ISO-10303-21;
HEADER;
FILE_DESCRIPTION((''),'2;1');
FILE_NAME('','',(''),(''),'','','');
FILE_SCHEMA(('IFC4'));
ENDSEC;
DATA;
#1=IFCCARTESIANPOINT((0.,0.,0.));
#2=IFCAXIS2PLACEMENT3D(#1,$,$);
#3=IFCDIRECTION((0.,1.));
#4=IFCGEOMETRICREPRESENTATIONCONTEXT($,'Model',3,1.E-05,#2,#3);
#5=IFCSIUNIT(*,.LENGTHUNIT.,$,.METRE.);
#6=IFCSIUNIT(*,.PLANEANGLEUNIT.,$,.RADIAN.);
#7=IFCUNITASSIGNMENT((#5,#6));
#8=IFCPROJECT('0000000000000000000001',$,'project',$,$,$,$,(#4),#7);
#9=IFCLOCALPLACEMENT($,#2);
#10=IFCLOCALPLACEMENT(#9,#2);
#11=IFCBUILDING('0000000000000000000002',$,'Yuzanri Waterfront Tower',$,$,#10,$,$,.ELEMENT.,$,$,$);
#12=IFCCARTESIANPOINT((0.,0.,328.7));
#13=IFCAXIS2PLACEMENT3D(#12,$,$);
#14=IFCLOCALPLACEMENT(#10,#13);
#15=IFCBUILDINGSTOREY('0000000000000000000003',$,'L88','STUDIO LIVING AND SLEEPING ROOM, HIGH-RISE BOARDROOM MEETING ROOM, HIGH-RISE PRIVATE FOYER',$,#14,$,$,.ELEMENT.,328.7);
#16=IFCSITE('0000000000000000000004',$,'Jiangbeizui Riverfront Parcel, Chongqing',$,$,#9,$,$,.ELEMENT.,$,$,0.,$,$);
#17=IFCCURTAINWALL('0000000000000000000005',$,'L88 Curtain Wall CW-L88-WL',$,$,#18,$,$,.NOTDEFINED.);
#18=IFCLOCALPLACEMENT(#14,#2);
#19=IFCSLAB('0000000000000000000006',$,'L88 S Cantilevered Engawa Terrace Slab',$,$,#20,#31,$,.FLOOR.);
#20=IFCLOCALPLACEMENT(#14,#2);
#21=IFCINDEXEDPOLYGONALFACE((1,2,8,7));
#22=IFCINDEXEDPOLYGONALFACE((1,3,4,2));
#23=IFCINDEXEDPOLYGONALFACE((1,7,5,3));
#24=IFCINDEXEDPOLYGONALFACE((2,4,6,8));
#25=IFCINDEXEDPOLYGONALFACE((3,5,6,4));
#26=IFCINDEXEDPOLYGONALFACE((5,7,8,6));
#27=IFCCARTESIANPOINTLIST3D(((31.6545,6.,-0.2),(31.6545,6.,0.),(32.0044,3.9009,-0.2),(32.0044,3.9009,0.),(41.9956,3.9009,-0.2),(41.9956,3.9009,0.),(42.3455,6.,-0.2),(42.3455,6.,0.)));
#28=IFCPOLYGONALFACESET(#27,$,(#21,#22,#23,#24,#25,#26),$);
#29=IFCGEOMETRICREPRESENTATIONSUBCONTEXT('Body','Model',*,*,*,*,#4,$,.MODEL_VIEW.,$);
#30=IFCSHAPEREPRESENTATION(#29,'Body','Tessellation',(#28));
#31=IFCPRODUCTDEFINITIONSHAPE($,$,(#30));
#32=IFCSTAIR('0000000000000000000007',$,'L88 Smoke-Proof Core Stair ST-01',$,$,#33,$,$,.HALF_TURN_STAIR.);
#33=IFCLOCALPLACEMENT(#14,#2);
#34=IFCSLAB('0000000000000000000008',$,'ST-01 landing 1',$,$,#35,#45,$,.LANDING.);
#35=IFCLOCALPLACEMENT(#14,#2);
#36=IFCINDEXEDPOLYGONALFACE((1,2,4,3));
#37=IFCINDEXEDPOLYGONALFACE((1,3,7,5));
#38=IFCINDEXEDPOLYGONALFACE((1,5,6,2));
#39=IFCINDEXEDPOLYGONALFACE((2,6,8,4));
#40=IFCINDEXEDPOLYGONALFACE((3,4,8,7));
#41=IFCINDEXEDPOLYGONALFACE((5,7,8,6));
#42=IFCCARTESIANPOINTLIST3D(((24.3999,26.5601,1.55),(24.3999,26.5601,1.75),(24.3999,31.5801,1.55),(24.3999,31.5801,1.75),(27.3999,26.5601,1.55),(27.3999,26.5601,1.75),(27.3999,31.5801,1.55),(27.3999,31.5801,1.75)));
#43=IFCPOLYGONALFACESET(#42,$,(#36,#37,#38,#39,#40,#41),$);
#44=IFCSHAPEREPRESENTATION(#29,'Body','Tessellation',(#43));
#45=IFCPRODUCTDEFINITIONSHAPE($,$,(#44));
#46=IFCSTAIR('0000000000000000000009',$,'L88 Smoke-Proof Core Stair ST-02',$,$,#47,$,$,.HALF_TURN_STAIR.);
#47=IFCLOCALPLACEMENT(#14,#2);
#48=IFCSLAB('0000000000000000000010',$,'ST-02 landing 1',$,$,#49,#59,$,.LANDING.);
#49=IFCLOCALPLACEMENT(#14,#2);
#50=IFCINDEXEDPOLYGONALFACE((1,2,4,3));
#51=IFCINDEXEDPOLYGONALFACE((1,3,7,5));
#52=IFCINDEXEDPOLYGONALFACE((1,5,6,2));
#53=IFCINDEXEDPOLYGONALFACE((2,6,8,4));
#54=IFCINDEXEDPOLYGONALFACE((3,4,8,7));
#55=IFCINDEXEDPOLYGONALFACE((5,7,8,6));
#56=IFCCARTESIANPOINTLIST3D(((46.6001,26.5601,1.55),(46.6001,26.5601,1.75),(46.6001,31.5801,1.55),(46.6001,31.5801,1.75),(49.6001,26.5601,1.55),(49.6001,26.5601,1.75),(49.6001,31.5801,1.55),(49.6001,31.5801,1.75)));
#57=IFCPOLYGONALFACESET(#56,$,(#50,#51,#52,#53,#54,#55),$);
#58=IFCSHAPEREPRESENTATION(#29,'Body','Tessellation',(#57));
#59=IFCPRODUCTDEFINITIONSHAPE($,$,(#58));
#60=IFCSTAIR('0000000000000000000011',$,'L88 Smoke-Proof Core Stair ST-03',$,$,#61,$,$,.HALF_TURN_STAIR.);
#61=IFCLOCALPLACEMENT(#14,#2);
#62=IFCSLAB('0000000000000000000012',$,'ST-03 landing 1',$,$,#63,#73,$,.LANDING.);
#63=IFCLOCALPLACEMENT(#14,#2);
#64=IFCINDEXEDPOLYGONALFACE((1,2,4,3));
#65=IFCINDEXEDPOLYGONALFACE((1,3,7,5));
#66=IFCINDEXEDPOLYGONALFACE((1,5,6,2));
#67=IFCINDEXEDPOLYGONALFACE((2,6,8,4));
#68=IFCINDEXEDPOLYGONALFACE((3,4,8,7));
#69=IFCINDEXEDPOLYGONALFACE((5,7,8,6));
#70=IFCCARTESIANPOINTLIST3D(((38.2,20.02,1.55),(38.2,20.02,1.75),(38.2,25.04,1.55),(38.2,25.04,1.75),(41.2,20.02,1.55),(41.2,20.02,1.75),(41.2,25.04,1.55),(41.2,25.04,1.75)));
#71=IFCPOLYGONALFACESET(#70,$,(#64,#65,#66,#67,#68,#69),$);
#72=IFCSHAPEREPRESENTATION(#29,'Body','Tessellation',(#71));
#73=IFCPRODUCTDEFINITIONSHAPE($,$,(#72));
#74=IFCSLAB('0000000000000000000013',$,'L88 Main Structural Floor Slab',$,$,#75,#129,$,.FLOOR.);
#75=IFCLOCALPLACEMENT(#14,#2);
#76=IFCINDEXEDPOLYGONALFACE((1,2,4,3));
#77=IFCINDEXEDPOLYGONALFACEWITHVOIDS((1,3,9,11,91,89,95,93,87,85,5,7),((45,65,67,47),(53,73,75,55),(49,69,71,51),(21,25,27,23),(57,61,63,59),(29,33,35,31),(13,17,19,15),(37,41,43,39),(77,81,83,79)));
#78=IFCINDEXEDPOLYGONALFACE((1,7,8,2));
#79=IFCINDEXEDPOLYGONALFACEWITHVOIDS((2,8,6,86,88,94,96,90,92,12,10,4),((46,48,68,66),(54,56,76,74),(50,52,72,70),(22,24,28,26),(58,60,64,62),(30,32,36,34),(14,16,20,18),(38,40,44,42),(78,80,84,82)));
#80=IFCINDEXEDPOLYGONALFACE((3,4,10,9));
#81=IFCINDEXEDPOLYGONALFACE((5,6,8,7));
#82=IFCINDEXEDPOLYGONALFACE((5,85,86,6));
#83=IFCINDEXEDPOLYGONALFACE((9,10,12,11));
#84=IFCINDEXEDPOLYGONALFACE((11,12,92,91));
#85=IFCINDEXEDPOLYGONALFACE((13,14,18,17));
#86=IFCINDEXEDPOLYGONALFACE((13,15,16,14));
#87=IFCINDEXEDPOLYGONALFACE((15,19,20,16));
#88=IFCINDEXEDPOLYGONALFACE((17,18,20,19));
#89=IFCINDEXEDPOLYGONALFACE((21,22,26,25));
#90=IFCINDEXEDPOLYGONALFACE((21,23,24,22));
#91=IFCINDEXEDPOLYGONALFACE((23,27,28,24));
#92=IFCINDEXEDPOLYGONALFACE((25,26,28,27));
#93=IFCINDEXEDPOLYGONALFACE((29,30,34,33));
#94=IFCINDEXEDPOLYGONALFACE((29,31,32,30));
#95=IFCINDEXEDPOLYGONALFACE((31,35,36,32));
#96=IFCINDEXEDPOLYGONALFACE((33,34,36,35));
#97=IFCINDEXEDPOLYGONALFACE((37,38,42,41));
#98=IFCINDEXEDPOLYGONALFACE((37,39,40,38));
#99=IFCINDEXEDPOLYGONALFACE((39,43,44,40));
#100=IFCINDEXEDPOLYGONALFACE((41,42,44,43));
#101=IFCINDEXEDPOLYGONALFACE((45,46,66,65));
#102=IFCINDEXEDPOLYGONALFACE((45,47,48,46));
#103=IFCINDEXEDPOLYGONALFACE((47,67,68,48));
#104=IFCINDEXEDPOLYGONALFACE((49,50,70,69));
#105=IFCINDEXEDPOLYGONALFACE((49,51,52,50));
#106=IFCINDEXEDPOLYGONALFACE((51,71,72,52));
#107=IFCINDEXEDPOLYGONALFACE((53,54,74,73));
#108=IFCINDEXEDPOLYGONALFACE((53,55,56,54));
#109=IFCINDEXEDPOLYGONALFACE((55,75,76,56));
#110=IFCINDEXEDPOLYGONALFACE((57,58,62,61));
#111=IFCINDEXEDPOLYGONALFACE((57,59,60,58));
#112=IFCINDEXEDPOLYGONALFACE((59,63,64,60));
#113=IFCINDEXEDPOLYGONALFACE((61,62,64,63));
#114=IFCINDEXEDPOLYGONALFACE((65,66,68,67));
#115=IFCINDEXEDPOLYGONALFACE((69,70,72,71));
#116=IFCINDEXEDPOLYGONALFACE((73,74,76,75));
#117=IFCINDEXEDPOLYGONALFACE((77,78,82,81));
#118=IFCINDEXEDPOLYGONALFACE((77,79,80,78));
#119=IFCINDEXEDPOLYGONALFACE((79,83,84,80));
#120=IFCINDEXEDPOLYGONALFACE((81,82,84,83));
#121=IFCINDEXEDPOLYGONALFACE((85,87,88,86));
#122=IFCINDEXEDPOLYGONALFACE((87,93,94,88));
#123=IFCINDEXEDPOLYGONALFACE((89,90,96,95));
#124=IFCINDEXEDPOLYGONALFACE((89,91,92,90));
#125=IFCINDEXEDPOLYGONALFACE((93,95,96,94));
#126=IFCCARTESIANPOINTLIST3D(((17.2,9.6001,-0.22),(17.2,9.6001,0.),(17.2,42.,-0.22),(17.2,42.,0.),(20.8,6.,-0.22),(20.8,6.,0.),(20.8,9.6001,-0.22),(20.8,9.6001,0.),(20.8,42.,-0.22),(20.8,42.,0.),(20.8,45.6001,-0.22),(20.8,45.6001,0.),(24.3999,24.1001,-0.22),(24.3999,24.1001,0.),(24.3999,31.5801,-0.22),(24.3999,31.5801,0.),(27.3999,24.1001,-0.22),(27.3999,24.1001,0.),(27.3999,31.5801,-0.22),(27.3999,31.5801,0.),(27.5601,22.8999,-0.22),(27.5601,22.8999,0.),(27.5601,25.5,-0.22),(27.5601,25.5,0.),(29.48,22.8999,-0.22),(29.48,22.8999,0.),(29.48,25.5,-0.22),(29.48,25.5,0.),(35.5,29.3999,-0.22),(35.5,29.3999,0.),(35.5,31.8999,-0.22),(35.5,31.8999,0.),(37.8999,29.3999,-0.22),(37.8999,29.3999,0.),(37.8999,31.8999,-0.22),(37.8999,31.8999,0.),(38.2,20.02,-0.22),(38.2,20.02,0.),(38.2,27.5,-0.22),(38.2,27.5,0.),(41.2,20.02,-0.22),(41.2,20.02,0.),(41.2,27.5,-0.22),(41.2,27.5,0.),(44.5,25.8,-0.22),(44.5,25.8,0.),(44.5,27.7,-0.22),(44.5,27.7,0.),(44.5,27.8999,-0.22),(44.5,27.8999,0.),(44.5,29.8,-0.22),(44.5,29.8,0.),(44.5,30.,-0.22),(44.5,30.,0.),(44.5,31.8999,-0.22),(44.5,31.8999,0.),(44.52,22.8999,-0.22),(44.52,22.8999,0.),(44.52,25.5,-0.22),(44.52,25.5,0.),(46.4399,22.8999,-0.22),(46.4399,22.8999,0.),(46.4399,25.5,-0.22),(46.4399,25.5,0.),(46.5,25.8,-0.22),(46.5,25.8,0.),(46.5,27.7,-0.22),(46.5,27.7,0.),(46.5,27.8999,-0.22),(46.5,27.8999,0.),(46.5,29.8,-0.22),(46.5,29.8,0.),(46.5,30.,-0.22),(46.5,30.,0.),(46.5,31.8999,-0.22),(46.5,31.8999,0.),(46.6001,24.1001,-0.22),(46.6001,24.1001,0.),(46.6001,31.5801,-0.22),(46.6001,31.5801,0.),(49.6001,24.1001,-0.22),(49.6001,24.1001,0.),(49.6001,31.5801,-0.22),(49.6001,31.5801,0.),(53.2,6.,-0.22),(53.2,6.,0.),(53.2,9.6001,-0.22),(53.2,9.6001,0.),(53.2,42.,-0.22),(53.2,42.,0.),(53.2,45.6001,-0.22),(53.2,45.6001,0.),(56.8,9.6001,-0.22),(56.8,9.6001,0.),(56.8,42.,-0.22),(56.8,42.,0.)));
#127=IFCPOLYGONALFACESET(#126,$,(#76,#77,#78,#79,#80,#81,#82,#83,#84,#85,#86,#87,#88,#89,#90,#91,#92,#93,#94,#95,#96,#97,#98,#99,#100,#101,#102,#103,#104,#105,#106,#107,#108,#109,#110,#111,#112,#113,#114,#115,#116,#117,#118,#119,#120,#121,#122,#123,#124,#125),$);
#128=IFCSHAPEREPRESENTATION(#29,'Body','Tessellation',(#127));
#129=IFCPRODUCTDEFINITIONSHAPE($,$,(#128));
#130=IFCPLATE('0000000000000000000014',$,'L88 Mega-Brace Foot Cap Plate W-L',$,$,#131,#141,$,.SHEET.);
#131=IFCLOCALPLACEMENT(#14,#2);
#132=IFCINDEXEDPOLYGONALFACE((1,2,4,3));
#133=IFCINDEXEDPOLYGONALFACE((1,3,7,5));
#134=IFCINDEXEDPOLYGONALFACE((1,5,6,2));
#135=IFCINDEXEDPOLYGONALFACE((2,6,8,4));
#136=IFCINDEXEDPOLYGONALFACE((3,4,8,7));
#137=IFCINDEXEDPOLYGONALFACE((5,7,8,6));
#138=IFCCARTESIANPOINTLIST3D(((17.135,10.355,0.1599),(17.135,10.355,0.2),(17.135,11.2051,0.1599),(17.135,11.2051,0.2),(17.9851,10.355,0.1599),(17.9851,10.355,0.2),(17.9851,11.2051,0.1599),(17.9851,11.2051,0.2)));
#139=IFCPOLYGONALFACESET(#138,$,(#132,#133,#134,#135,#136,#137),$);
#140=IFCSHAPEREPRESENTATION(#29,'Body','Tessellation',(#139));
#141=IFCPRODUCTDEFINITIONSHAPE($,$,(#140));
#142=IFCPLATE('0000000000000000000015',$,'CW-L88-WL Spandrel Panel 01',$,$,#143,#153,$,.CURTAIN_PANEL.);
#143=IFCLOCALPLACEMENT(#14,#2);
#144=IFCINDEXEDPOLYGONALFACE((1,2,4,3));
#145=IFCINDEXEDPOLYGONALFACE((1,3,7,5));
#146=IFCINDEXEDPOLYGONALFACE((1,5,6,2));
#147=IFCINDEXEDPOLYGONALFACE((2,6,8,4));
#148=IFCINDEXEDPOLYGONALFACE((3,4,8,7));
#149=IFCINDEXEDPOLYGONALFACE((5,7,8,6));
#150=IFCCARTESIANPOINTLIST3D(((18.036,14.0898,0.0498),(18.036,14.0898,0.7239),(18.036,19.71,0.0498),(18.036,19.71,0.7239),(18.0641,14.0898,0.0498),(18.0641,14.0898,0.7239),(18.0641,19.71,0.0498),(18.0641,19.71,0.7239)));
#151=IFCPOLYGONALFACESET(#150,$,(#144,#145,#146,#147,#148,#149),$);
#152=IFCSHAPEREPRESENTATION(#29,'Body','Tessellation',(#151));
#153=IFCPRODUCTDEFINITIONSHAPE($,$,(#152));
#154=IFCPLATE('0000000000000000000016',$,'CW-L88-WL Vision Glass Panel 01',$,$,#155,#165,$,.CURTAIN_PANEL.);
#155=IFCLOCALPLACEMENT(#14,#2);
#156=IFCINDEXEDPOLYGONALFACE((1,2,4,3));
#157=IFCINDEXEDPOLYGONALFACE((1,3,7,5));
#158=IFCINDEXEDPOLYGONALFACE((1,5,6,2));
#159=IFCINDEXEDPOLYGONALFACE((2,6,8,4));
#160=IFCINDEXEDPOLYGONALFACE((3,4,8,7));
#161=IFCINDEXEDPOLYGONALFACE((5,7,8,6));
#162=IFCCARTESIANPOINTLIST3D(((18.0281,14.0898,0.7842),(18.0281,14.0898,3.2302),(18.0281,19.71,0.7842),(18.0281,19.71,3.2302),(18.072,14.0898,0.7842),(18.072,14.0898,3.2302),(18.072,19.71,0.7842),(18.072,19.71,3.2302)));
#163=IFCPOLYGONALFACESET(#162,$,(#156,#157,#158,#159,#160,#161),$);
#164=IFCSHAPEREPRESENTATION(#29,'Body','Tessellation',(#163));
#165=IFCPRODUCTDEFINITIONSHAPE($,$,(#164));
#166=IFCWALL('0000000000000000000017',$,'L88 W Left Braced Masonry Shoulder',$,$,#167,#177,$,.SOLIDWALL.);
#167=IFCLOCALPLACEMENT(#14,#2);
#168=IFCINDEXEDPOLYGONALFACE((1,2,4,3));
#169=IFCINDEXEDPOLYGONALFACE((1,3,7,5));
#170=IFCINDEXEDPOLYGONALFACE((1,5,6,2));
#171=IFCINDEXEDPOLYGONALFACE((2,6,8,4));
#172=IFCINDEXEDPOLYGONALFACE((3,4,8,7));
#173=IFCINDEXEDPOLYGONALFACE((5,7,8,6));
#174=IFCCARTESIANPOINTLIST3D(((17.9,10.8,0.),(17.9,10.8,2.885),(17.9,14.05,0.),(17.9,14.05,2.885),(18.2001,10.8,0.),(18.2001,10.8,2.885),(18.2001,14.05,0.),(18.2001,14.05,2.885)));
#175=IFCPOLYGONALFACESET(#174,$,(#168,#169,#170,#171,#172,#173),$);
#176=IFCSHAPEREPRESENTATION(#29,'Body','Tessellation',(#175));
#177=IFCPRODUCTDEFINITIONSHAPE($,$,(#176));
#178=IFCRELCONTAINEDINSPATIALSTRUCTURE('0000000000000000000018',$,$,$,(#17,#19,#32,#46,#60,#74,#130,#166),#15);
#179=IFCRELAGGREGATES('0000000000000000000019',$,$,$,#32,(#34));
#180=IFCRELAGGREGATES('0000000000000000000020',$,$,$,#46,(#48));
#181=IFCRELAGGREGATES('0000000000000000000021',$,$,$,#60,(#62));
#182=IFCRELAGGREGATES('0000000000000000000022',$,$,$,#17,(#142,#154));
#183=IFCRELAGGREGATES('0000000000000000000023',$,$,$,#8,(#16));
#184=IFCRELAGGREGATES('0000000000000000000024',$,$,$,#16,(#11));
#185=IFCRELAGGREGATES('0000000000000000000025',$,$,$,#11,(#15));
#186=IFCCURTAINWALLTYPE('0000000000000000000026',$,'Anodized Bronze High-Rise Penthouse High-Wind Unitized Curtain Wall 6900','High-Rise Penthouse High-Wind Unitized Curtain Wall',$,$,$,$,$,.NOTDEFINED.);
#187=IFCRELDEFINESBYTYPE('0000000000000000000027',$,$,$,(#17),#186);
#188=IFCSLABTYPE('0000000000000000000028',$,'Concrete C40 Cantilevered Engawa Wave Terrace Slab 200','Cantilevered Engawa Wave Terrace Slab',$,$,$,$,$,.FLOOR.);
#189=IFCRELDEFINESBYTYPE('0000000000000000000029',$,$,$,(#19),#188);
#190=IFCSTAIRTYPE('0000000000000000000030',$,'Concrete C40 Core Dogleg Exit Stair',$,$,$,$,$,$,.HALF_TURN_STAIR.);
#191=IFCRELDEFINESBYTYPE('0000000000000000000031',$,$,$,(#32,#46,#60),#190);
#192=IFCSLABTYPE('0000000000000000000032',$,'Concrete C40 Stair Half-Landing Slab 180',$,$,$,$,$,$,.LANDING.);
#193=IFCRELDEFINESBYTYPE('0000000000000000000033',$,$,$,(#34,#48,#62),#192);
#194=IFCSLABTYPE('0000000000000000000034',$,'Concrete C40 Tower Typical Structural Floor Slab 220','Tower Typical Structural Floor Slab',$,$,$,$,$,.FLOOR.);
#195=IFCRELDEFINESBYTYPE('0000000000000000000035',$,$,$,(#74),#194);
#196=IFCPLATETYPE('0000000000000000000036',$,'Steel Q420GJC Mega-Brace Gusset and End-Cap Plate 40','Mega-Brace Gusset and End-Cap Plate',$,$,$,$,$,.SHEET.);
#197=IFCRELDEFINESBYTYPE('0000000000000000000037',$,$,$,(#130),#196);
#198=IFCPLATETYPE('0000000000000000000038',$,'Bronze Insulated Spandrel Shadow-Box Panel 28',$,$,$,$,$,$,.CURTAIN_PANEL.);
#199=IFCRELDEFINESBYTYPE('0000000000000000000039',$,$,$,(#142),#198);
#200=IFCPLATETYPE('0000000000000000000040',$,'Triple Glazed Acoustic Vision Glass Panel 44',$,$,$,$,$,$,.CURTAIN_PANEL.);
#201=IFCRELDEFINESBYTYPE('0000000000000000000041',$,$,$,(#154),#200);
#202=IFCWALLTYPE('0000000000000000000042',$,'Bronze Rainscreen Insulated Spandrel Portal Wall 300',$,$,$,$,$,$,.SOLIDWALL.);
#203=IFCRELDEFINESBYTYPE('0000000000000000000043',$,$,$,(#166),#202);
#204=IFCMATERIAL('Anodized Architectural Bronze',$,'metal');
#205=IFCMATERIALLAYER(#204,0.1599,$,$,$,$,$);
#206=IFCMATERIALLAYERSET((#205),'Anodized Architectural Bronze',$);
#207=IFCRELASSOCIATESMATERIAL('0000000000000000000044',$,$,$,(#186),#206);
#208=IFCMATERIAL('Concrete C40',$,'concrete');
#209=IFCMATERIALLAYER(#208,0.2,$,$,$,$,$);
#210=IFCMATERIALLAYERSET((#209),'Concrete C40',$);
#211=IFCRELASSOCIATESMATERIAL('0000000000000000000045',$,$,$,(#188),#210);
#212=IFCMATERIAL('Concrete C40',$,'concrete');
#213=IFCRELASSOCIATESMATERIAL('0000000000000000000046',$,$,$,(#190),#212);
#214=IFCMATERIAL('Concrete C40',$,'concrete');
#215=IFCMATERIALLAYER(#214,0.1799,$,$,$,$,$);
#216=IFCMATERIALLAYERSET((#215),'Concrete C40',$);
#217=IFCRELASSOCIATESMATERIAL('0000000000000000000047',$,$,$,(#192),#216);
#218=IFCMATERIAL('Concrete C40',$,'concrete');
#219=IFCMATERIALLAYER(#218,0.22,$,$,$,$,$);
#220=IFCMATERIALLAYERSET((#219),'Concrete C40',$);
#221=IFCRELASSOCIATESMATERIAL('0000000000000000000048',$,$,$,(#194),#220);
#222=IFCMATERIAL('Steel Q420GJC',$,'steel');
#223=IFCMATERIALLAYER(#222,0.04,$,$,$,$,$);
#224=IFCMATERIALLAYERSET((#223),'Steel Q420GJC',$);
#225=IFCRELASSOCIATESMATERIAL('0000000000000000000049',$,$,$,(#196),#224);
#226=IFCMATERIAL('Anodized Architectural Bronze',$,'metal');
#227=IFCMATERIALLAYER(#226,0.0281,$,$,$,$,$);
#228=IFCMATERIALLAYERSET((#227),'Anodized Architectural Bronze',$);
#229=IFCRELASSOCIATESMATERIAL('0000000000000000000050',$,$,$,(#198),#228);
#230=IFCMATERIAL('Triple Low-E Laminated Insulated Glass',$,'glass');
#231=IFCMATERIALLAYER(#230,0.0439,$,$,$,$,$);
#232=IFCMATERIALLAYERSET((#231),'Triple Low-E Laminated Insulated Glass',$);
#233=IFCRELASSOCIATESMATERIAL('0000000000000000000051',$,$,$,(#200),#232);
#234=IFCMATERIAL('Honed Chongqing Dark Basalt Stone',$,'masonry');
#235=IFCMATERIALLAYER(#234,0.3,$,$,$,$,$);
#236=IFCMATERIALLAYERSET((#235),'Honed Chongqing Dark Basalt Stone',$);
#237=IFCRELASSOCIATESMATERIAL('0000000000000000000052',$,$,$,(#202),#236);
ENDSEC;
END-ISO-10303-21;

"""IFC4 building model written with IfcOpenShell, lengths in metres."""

from ifc_helpers import new_model, si_unit, direction, frame, frame_2d, origin, origin_2d, place, context, subcontext, project, spatial, polyline, rectangle, outline, extrude, source, transform, mapped, material, layer, layer_set, type_object, element, aggregate, save


model = new_model("IFC4")

# Units and contexts
model_context = context("Model", 3, precision=1e-05, world=origin(), true_north=direction((0.0, 1.0)))
body_context = subcontext(model_context, "Body", "Model", "MODEL_VIEW")
ifc_project = project(units=[si_unit("LENGTHUNIT", "METRE"), si_unit("PLANEANGLEUNIT", "RADIAN")], contexts=[model_context])

# Site, building, storey
site_placement = place(None, origin())
site = spatial("IfcSite", under=ifc_project, at=site_placement, Name="Jiangbeizui Riverfront Parcel, Chongqing", CompositionType="ELEMENT", RefElevation=0.0)
building_placement = place(site_placement, origin())
building = spatial("IfcBuilding", under=site, at=building_placement, Name="Yuzanri Waterfront Tower", CompositionType="ELEMENT")
storey_placement = place(building_placement, frame((0.0, 0.0, 328.7)))
storey = spatial("IfcBuildingStorey", under=building, at=storey_placement, Name="L88", Description="STUDIO LIVING AND SLEEPING ROOM, HIGH-RISE BOARDROOM MEETING ROOM, HIGH-RISE PRIVATE FOYER", CompositionType="ELEMENT", Elevation=328.7)

# Curtain wall
ifc_material_1 = material(Name="Anodized Architectural Bronze", Category="metal")
ifc_layer_1 = layer(ifc_material_1, 0.1599)
ifc_layer_set_1 = layer_set([ifc_layer_1], Name="Anodized Architectural Bronze")
curtain_wall_type = type_object("IfcCurtainWallType", Name="Anodized Bronze High-Rise Penthouse High-Wind Unitized Curtain Wall 6900", Description="High-Rise Penthouse High-Wind Unitized Curtain Wall", PredefinedType="NOTDEFINED", material=ifc_layer_set_1)
curtain_wall_placement = place(storey_placement, origin())
curtain_wall = element("IfcCurtainWall", 1, at=curtain_wall_placement, inside=storey, type_object=curtain_wall_type, Name="L88 Curtain Wall CW-L88-WL", PredefinedType="NOTDEFINED")

# Slab
ifc_material_2 = material(Name="Concrete C40", Category="concrete")
ifc_layer_2 = layer(ifc_material_2, 0.2)
ifc_layer_set_2 = layer_set([ifc_layer_2], Name="Concrete C40")
slab_type_1 = type_object("IfcSlabType", Name="Concrete C40 Cantilevered Engawa Wave Terrace Slab 200", Description="Cantilevered Engawa Wave Terrace Slab", PredefinedType="FLOOR", material=ifc_layer_set_2)
slab_1_placement = place(storey_placement, frame((0.0, 0.0, -0.2)))
element("IfcSlab", 2, at=slab_1_placement, inside=storey, type_object=slab_type_1, Name="L88 S Cantilevered Engawa Terrace Slab", PredefinedType="FLOOR", context=body_context, shape_type="SweptSolid", body=[
    extrude(outline(polyline([(31.6545, 6.0), (42.3455, 6.0), (41.9956, 3.9009), (32.0044, 3.9009), (31.6545, 6.0)])), origin(), (0.0, 0.0, 1.0), 0.2),
])

# Stairs, slabs
ifc_material_3 = material(Name="Concrete C40", Category="concrete")
stair_type = type_object("IfcStairType", Name="Concrete C40 Core Dogleg Exit Stair", PredefinedType="HALF_TURN_STAIR", material=ifc_material_3)
stair_1_placement = place(storey_placement, origin())
stair_1 = element("IfcStair", 3, at=stair_1_placement, inside=storey, type_object=stair_type, Name="L88 Smoke-Proof Core Stair ST-01", PredefinedType="HALF_TURN_STAIR")
ifc_material_4 = material(Name="Concrete C40", Category="concrete")
ifc_layer_3 = layer(ifc_material_4, 0.1799)
ifc_layer_set_3 = layer_set([ifc_layer_3], Name="Concrete C40")
slab_type_2 = type_object("IfcSlabType", Name="Concrete C40 Stair Half-Landing Slab 180", PredefinedType="LANDING", material=ifc_layer_set_3)
slab_2_placement = place(storey_placement, frame((0.0, 0.0, 1.55)))
slab_2 = element("IfcSlab", 4, at=slab_2_placement, type_object=slab_type_2, Name="ST-01 landing 1", PredefinedType="LANDING", context=body_context, shape_type="SweptSolid", body=[
    extrude(outline(polyline([(27.3999, 26.5601), (27.3999, 31.5801), (24.3999, 31.5801), (24.3999, 26.5601), (27.3999, 26.5601)])), origin(), (0.0, 0.0, 1.0), 0.2),
])
aggregate(stair_1, [slab_2])
stair_2_placement = place(storey_placement, origin())
stair_2 = element("IfcStair", 5, at=stair_2_placement, inside=storey, type_object=stair_type, Name="L88 Smoke-Proof Core Stair ST-02", PredefinedType="HALF_TURN_STAIR")
slab_3_placement = place(storey_placement, frame((0.0, 0.0, 1.55)))
slab_3 = element("IfcSlab", 6, at=slab_3_placement, type_object=slab_type_2, Name="ST-02 landing 1", PredefinedType="LANDING", context=body_context, shape_type="SweptSolid", body=[
    extrude(outline(polyline([(49.6001, 26.5601), (49.6001, 31.5801), (46.6001, 31.5801), (46.6001, 26.5601), (49.6001, 26.5601)])), origin(), (0.0, 0.0, 1.0), 0.2),
])
aggregate(stair_2, [slab_3])
stair_3_placement = place(storey_placement, origin())
stair_3 = element("IfcStair", 7, at=stair_3_placement, inside=storey, type_object=stair_type, Name="L88 Smoke-Proof Core Stair ST-03", PredefinedType="HALF_TURN_STAIR")
slab_4_placement = place(storey_placement, frame((0.0, 0.0, 1.55)))
slab_4 = element("IfcSlab", 8, at=slab_4_placement, type_object=slab_type_2, Name="ST-03 landing 1", PredefinedType="LANDING", context=body_context, shape_type="SweptSolid", body=[
    extrude(outline(polyline([(38.2, 25.04), (38.2, 20.02), (41.2, 20.02), (41.2, 25.04), (38.2, 25.04)])), origin(), (0.0, 0.0, 1.0), 0.2),
])
aggregate(stair_3, [slab_4])

# Slab
ifc_material_5 = material(Name="Concrete C40", Category="concrete")
ifc_layer_4 = layer(ifc_material_5, 0.22)
ifc_layer_set_4 = layer_set([ifc_layer_4], Name="Concrete C40")
slab_type_3 = type_object("IfcSlabType", Name="Concrete C40 Tower Typical Structural Floor Slab 220", Description="Tower Typical Structural Floor Slab", PredefinedType="FLOOR", material=ifc_layer_set_4)
slab_5_placement = place(storey_placement, frame((0.0, 0.0, -0.22)))
element("IfcSlab", 9, at=slab_5_placement, inside=storey, type_object=slab_type_3, Name="L88 Main Structural Floor Slab", PredefinedType="FLOOR", context=body_context, shape_type="SweptSolid", body=[
    extrude(outline(polyline([(20.8, 6.0), (53.2, 6.0), (53.2, 9.6001), (56.8, 9.6001), (56.8, 42.0), (53.2, 42.0), (53.2, 45.6001), (20.8, 45.6001), (20.8, 42.0), (17.2, 42.0), (17.2, 9.6001), (20.8, 9.6001), (20.8, 6.0)]), holes=[polyline([(27.3999, 24.1001), (27.3999, 31.5801), (24.3999, 31.5801), (24.3999, 24.1001), (27.3999, 24.1001)]), polyline([(49.6001, 24.1001), (49.6001, 31.5801), (46.6001, 31.5801), (46.6001, 24.1001), (49.6001, 24.1001)]), polyline([(38.2, 27.5), (38.2, 20.02), (41.2, 20.02), (41.2, 27.5), (38.2, 27.5)]), polyline([(27.5601, 22.8999), (29.48, 22.8999), (29.48, 25.5), (27.5601, 25.5), (27.5601, 22.8999)]), polyline([(44.52, 22.8999), (46.4399, 22.8999), (46.4399, 25.5), (44.52, 25.5), (44.52, 22.8999)]), polyline([(35.5, 29.3999), (37.8999, 29.3999), (37.8999, 31.8999), (35.5, 31.8999), (35.5, 29.3999)]), polyline([(44.5, 25.8), (46.5, 25.8), (46.5, 27.7), (44.5, 27.7), (44.5, 25.8)]), polyline([(44.5, 27.8999), (46.5, 27.8999), (46.5, 29.8), (44.5, 29.8), (44.5, 27.8999)]), polyline([(44.5, 30.0), (46.5, 30.0), (46.5, 31.8999), (44.5, 31.8999), (44.5, 30.0)])]), origin(), (0.0, 0.0, 1.0), 0.22),
])

# Plates
ifc_material_6 = material(Name="Steel Q420GJC", Category="steel")
ifc_layer_5 = layer(ifc_material_6, 0.04)
ifc_layer_set_5 = layer_set([ifc_layer_5], Name="Steel Q420GJC")
plate_type_1 = type_object("IfcPlateType", Name="Steel Q420GJC Mega-Brace Gusset and End-Cap Plate 40", Description="Mega-Brace Gusset and End-Cap Plate", PredefinedType="SHEET", material=ifc_layer_set_5)
shared_shape_1 = source(origin(), body_context, "Body", "SweptSolid", [
    extrude(rectangle(XDim=0.8501, YDim=0.8501, at=origin_2d()), origin(), (0.0, 0.0, 1.0), 0.04),
])
plate_1_placement = place(storey_placement, frame((17.5601, 10.78, 0.1599), z_axis=(0.0, 0.0, 1.0), x_axis=(1.0, 0.0, 0.0)))
element("IfcPlate", 10, at=plate_1_placement, inside=storey, type_object=plate_type_1, Name="L88 Mega-Brace Foot Cap Plate W-L", PredefinedType="SHEET", context=body_context, shape_type="MappedRepresentation", body=[
    mapped(shared_shape_1, transform((0.0, 0.0, 0.0), scale=1.0)),
])
ifc_material_7 = material(Name="Anodized Architectural Bronze", Category="metal")
ifc_layer_6 = layer(ifc_material_7, 0.0281)
ifc_layer_set_6 = layer_set([ifc_layer_6], Name="Anodized Architectural Bronze")
plate_type_2 = type_object("IfcPlateType", Name="Bronze Insulated Spandrel Shadow-Box Panel 28", PredefinedType="CURTAIN_PANEL", material=ifc_layer_set_6)
shared_shape_2 = source(origin(), body_context, "Body", "SweptSolid", [
    extrude(rectangle(XDim=5.6201, YDim=0.0281, at=origin_2d()), origin(), (0.0, 0.0, 1.0), 0.6741),
])
plate_2_placement = place(storey_placement, frame((18.05, 16.8999, 0.0498), z_axis=(0.0, 0.0, 1.0), x_axis=(0.0, 1.0, 0.0)))
plate_2 = element("IfcPlate", 11, at=plate_2_placement, type_object=plate_type_2, Name="CW-L88-WL Spandrel Panel 01", PredefinedType="CURTAIN_PANEL", context=body_context, shape_type="MappedRepresentation", body=[
    mapped(shared_shape_2, transform((0.0, 0.0, 0.0), scale=1.0)),
])
ifc_material_8 = material(Name="Triple Low-E Laminated Insulated Glass", Category="glass")
ifc_layer_7 = layer(ifc_material_8, 0.0439)
ifc_layer_set_7 = layer_set([ifc_layer_7], Name="Triple Low-E Laminated Insulated Glass")
plate_type_3 = type_object("IfcPlateType", Name="Triple Glazed Acoustic Vision Glass Panel 44", PredefinedType="CURTAIN_PANEL", material=ifc_layer_set_7)
shared_shape_3 = source(origin(), body_context, "Body", "SweptSolid", [
    extrude(rectangle(XDim=5.6201, YDim=0.0439, at=origin_2d()), origin(), (0.0, 0.0, 1.0), 2.446),
])
plate_3_placement = place(storey_placement, frame((18.05, 16.8999, 0.7842), z_axis=(0.0, 0.0, 1.0), x_axis=(0.0, 1.0, 0.0)))
plate_3 = element("IfcPlate", 12, at=plate_3_placement, type_object=plate_type_3, Name="CW-L88-WL Vision Glass Panel 01", PredefinedType="CURTAIN_PANEL", context=body_context, shape_type="MappedRepresentation", body=[
    mapped(shared_shape_3, transform((0.0, 0.0, 0.0), scale=1.0)),
])
aggregate(curtain_wall, [plate_2, plate_3])

# Wall
ifc_material_9 = material(Name="Honed Chongqing Dark Basalt Stone", Category="masonry")
ifc_layer_8 = layer(ifc_material_9, 0.3)
ifc_layer_set_8 = layer_set([ifc_layer_8], Name="Honed Chongqing Dark Basalt Stone")
wall_type_1 = type_object("IfcWallType", Name="Bronze Rainscreen Insulated Spandrel Portal Wall 300", PredefinedType="SOLIDWALL", material=ifc_layer_set_8)
shared_shape_4 = source(origin(), body_context, "Body", "SweptSolid", [
    extrude(rectangle(XDim=3.25, YDim=0.3, at=frame_2d((1.625, 0.0))), origin(), (0.0, 0.0, 1.0), 2.885),
])
wall_1_placement = place(storey_placement, frame((18.05, 10.8, 0.0), z_axis=(0.0, 0.0, 1.0), x_axis=(0.0, 1.0, 0.0)))
element("IfcWall", 13, at=wall_1_placement, inside=storey, type_object=wall_type_1, Name="L88 W Left Braced Masonry Shoulder", PredefinedType="SOLIDWALL", context=body_context, shape_type="MappedRepresentation", body=[
    mapped(shared_shape_4, transform((0.0, 0.0, 0.0), scale=1.0)),
])

save(model, "model.ifc")
